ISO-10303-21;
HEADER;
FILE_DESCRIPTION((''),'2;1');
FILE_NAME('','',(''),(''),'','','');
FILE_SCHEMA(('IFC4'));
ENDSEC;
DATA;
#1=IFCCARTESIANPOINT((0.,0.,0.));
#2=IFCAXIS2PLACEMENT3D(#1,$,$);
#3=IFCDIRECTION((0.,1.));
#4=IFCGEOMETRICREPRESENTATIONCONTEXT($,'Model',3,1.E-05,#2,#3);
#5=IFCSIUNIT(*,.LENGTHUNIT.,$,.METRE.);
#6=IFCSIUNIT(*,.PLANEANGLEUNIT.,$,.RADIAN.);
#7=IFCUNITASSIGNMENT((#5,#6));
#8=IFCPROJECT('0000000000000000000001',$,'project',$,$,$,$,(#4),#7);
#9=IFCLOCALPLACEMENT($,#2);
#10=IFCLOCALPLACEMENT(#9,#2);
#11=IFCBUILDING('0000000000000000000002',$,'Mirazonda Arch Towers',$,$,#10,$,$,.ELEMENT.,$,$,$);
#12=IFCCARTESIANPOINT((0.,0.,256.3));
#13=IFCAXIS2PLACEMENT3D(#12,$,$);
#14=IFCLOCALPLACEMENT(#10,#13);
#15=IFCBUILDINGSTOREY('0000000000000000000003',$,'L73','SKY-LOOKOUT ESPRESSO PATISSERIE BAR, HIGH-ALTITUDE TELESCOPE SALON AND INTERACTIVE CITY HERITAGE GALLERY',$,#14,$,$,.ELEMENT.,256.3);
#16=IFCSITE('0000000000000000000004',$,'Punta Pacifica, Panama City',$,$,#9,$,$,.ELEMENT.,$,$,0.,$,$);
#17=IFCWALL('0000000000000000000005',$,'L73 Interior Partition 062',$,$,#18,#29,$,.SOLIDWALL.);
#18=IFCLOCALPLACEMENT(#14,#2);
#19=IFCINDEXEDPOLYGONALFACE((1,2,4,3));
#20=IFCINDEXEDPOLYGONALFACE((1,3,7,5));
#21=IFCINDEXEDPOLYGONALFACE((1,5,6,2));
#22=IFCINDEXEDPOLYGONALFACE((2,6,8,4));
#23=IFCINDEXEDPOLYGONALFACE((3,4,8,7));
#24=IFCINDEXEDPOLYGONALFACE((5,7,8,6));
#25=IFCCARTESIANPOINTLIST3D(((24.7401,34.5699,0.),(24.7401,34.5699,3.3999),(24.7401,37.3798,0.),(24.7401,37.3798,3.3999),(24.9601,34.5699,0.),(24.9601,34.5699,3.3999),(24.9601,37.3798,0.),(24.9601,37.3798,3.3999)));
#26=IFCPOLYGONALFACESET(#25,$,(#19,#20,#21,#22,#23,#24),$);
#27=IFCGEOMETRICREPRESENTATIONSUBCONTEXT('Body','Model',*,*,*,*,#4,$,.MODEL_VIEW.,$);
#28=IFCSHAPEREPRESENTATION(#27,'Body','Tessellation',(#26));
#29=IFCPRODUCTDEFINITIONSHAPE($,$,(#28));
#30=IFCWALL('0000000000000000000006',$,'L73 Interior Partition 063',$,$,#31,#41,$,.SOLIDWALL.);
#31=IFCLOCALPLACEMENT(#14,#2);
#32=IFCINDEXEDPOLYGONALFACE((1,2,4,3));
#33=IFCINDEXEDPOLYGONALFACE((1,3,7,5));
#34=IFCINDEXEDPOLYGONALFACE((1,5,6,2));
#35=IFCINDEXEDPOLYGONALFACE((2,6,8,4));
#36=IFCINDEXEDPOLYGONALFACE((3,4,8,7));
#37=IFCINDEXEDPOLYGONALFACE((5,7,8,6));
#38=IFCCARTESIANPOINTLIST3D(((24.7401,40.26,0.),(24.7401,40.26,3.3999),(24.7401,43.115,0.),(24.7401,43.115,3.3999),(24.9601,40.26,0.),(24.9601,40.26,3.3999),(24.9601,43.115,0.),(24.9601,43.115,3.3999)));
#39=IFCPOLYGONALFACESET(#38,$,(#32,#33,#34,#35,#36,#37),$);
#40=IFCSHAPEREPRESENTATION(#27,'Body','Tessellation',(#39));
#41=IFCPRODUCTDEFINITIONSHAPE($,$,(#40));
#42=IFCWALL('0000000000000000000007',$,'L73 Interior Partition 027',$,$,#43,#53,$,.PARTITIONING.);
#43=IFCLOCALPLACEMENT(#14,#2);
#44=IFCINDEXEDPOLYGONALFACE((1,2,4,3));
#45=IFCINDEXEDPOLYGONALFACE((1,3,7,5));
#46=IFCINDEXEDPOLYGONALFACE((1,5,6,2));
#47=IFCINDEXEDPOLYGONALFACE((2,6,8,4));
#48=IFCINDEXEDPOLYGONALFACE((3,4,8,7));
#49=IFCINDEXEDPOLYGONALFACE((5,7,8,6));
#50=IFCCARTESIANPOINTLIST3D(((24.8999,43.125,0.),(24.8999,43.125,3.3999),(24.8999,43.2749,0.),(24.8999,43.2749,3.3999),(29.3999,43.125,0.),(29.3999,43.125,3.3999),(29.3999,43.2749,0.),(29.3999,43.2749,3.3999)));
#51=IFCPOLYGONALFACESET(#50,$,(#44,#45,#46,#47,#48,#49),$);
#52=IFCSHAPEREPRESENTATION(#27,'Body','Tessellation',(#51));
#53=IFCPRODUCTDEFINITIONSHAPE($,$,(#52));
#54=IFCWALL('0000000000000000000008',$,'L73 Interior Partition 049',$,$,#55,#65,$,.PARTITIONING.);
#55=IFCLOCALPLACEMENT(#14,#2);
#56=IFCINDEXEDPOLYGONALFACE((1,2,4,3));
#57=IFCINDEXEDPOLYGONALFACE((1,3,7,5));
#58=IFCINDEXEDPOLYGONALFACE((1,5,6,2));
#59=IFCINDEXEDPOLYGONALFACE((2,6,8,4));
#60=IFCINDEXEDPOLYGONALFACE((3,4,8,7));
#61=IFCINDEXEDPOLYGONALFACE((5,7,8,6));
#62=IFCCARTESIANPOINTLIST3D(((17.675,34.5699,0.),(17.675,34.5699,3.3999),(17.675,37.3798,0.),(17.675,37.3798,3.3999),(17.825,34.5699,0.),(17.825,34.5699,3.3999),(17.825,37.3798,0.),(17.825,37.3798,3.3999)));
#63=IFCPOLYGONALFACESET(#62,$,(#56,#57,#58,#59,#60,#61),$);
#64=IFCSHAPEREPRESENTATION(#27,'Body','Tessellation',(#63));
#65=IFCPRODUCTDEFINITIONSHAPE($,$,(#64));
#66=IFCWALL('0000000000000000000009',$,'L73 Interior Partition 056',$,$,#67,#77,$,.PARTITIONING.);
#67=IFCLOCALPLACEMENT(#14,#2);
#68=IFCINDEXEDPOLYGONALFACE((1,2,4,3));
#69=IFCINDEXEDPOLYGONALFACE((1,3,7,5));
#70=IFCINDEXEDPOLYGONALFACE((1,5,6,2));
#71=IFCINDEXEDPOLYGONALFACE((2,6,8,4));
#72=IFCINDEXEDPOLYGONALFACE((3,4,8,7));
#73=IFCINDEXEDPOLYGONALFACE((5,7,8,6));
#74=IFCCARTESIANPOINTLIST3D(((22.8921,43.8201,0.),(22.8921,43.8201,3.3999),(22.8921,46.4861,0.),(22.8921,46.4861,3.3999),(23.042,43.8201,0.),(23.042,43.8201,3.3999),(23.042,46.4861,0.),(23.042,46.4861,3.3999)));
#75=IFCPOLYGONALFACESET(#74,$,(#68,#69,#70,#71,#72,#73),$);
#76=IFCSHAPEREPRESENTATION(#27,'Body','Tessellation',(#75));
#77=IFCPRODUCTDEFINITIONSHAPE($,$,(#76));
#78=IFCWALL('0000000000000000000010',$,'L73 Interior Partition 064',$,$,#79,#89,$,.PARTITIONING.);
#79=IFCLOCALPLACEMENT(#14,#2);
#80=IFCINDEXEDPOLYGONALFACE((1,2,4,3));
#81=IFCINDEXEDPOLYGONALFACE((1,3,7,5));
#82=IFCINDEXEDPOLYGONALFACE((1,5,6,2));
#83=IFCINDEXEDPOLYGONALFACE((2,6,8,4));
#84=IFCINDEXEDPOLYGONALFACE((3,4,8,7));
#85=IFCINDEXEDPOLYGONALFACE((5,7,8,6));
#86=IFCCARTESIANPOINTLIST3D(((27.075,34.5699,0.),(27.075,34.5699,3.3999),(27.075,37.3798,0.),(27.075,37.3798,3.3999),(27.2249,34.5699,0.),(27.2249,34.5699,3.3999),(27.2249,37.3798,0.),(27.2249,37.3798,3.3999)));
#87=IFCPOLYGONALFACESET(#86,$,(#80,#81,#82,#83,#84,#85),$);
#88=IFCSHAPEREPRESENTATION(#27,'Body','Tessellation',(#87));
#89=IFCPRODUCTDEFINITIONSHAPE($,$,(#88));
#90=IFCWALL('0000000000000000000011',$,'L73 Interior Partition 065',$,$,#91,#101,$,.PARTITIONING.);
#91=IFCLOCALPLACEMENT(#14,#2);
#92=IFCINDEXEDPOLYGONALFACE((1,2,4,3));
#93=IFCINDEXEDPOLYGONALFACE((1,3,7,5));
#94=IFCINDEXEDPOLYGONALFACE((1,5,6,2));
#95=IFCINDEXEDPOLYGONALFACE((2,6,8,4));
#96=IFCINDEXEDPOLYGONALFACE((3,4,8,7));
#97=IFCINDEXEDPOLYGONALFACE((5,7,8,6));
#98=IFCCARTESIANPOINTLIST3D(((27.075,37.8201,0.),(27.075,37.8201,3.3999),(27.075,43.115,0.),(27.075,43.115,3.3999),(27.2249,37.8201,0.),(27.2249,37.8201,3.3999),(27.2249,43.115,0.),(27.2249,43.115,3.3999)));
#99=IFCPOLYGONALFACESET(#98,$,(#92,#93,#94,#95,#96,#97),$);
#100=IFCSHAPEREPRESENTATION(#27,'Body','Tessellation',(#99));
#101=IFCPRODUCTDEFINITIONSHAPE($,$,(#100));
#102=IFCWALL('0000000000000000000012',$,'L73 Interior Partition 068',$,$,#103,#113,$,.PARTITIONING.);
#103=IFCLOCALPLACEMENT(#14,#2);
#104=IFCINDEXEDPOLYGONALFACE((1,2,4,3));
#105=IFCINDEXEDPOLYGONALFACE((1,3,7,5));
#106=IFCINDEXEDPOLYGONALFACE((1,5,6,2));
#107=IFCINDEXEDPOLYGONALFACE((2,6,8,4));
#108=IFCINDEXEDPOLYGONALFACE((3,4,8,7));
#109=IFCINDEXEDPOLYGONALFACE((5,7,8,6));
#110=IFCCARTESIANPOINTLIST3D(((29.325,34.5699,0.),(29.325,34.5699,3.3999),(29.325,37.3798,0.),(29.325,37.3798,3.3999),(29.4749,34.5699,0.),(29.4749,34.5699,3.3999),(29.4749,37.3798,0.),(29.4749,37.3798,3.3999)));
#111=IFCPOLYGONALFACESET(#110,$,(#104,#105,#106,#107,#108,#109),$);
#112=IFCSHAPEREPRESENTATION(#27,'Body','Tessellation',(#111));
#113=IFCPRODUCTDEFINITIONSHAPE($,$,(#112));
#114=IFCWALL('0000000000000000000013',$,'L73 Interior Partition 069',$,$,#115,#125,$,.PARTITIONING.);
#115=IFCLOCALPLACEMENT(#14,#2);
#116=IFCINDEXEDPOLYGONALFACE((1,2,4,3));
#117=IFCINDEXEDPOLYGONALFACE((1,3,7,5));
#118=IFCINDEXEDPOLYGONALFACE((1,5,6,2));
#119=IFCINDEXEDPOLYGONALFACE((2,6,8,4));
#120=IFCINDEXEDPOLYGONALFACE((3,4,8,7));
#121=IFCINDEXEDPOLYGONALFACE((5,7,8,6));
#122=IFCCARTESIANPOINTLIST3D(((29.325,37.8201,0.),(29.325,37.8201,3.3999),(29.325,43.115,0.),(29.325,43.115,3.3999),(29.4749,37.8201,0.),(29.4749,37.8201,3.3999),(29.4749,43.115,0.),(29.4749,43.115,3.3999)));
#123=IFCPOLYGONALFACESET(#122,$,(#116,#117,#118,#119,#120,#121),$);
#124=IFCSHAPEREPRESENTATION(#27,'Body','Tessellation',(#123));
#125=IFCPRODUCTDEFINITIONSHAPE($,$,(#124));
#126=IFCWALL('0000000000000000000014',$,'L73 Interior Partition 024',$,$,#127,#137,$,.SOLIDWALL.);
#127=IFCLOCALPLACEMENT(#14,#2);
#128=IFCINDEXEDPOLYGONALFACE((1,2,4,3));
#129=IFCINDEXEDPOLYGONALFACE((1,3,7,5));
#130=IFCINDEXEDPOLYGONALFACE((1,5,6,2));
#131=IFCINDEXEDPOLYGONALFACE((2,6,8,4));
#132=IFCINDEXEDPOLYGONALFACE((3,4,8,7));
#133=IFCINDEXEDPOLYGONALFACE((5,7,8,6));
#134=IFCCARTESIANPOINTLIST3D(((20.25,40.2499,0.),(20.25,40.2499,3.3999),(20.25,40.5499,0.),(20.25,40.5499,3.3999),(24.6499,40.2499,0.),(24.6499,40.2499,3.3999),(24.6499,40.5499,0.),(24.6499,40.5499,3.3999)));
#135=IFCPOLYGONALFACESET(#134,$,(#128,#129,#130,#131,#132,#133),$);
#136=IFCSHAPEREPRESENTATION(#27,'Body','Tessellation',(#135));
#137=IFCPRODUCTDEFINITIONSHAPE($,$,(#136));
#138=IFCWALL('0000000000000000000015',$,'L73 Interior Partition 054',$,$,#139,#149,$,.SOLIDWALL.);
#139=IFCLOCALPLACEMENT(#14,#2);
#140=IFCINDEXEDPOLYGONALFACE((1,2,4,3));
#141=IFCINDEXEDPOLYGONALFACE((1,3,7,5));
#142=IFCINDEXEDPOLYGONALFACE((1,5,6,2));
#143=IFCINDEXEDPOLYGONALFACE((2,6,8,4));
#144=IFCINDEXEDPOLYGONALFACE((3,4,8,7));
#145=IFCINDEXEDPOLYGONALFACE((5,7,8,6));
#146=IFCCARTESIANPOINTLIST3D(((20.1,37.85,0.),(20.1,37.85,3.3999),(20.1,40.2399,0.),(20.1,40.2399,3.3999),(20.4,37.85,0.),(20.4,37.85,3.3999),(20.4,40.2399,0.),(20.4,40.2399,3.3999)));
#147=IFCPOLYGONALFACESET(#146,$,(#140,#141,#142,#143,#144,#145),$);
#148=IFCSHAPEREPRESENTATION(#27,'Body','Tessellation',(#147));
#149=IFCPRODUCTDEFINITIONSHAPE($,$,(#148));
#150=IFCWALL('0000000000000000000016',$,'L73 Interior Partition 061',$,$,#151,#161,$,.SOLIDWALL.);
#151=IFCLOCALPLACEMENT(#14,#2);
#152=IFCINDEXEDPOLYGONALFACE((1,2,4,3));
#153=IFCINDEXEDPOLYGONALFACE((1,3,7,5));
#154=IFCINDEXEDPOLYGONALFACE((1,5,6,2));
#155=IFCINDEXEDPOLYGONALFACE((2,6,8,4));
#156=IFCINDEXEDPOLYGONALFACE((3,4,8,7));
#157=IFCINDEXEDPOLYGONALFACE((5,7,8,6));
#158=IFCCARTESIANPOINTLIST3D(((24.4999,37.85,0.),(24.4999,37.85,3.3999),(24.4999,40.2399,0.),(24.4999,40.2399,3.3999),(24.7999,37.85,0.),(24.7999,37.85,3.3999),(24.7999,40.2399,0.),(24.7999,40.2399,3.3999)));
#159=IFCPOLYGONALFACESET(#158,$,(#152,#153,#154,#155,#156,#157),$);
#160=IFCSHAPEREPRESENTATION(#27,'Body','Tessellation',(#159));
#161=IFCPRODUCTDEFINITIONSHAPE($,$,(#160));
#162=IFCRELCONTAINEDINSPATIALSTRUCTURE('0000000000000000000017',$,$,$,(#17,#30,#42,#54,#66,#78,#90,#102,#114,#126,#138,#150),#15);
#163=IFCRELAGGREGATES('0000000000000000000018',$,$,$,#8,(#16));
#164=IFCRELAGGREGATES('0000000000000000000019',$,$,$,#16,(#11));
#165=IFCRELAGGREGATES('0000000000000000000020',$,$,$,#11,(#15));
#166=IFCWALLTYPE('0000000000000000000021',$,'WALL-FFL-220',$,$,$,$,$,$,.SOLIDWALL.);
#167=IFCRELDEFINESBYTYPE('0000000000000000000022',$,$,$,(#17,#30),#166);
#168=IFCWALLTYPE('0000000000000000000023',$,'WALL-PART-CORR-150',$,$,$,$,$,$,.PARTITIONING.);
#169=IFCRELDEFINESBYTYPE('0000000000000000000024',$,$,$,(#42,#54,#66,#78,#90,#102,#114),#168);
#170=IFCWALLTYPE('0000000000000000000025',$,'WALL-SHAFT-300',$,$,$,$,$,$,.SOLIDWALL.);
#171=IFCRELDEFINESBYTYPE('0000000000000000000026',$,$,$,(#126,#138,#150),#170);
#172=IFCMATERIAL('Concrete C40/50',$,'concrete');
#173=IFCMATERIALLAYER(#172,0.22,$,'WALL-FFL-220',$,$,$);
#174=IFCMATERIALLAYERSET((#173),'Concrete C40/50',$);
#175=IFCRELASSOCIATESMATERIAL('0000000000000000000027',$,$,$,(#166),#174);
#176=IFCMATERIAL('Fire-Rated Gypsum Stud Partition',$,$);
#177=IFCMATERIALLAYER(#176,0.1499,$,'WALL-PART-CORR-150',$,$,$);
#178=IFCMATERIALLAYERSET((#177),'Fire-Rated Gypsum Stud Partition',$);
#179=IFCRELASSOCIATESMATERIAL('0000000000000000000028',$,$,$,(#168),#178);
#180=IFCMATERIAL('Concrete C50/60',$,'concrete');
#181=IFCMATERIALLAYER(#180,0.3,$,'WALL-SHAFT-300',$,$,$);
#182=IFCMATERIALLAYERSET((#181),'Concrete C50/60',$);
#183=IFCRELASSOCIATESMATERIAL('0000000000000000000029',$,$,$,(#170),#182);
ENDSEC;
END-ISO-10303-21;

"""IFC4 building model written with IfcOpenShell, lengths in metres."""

from ifc_helpers import new_model, si_unit, direction, frame, frame_2d, origin, place, context, subcontext, project, spatial, rectangle, extrude, material, layer, layer_set, type_object, element, save


model = new_model("IFC4")

# Units and contexts
model_context = context("Model", 3, precision=1e-05, world=origin(), true_north=direction((0.0, 1.0)))
body_context = subcontext(model_context, "Body", "Model", "MODEL_VIEW")
ifc_project = project(units=[si_unit("LENGTHUNIT", "METRE"), si_unit("PLANEANGLEUNIT", "RADIAN")], contexts=[model_context])

# Site, building, storey
site_placement = place(None, origin())
site = spatial("IfcSite", under=ifc_project, at=site_placement, Name="Punta Pacifica, Panama City", CompositionType="ELEMENT", RefElevation=0.0)
building_placement = place(site_placement, origin())
building = spatial("IfcBuilding", under=site, at=building_placement, Name="Mirazonda Arch Towers", CompositionType="ELEMENT")
storey_placement = place(building_placement, frame((0.0, 0.0, 256.3)))
storey = spatial("IfcBuildingStorey", under=building, at=storey_placement, Name="L73", Description="SKY-LOOKOUT ESPRESSO PATISSERIE BAR, HIGH-ALTITUDE TELESCOPE SALON AND INTERACTIVE CITY HERITAGE GALLERY", CompositionType="ELEMENT", Elevation=256.3)

# Shared definitions
ifc_material_1 = material(Name="Concrete C50/60", Category="concrete")

# Walls
ifc_material_2 = material(Name="Concrete C40/50", Category="concrete")
ifc_layer_1 = layer(ifc_material_2, 0.22, Name="WALL-FFL-220")
ifc_layer_set_1 = layer_set([ifc_layer_1], Name="Concrete C40/50")
wall_type_1 = type_object("IfcWallType", Name="WALL-FFL-220", PredefinedType="SOLIDWALL", material=ifc_layer_set_1)
for number, where, z_axis, x_axis, name in (
    (1, (24.8501, 34.5701, 0.0), (0.0, 0.0, 1.0), (0.0, 1.0, 0.0), "L73 Interior Partition 062"),
):
    element("IfcWall", number, at=place(storey_placement, frame(where, z_axis=z_axis, x_axis=x_axis)), inside=storey, type_object=wall_type_1, Name=name, PredefinedType="SOLIDWALL", context=body_context, shape_type="SweptSolid", body=[
        extrude(rectangle(XDim=2.8098, YDim=0.22, at=frame_2d((1.4048, 0.0))), origin(), (0.0, 0.0, 1.0), 3.3999),
    ])
wall_1_placement = place(storey_placement, frame((24.8501, 40.26, 0.0), z_axis=(0.0, 0.0, 1.0), x_axis=(0.0, 1.0, 0.0)))
element("IfcWall", 2, at=wall_1_placement, inside=storey, type_object=wall_type_1, Name="L73 Interior Partition 063", PredefinedType="SOLIDWALL", context=body_context, shape_type="SweptSolid", body=[
    extrude(rectangle(XDim=2.855, YDim=0.22, at=frame_2d((1.4275, 0.0))), origin(), (0.0, 0.0, 1.0), 3.3999),
])
ifc_material_3 = material(Name="Fire-Rated Gypsum Stud Partition")
ifc_layer_2 = layer(ifc_material_3, 0.1499, Name="WALL-PART-CORR-150")
ifc_layer_set_2 = layer_set([ifc_layer_2], Name="Fire-Rated Gypsum Stud Partition")
wall_type_2 = type_object("IfcWallType", Name="WALL-PART-CORR-150", PredefinedType="PARTITIONING", material=ifc_layer_set_2)
wall_2_placement = place(storey_placement, frame((24.8999, 43.2, 0.0), z_axis=(0.0, 0.0, 1.0), x_axis=(1.0, 0.0, 0.0)))
element("IfcWall", 3, at=wall_2_placement, inside=storey, type_object=wall_type_2, Name="L73 Interior Partition 027", PredefinedType="PARTITIONING", context=body_context, shape_type="SweptSolid", body=[
    extrude(rectangle(XDim=4.5, YDim=0.1499, at=frame_2d((2.25, 0.0))), origin(), (0.0, 0.0, 1.0), 3.3999),
])
wall_3_placement = place(storey_placement, frame((17.75, 34.5701, 0.0), z_axis=(0.0, 0.0, 1.0), x_axis=(0.0, 1.0, 0.0)))
element("IfcWall", 4, at=wall_3_placement, inside=storey, type_object=wall_type_2, Name="L73 Interior Partition 049", PredefinedType="PARTITIONING", context=body_context, shape_type="SweptSolid", body=[
    extrude(rectangle(XDim=2.8098, YDim=0.1499, at=frame_2d((1.4048, 0.0))), origin(), (0.0, 0.0, 1.0), 3.3999),
])
wall_4_placement = place(storey_placement, frame((22.967, 43.8201, 0.0), z_axis=(0.0, 0.0, 1.0), x_axis=(0.0, 1.0, 0.0)))
element("IfcWall", 5, at=wall_4_placement, inside=storey, type_object=wall_type_2, Name="L73 Interior Partition 056", PredefinedType="PARTITIONING", context=body_context, shape_type="SweptSolid", body=[
    extrude(rectangle(XDim=2.666, YDim=0.1499, at=frame_2d((1.333, 0.0))), origin(), (0.0, 0.0, 1.0), 3.3999),
])
wall_5_placement = place(storey_placement, frame((27.1499, 34.5701, 0.0), z_axis=(0.0, 0.0, 1.0), x_axis=(0.0, 1.0, 0.0)))
element("IfcWall", 6, at=wall_5_placement, inside=storey, type_object=wall_type_2, Name="L73 Interior Partition 064", PredefinedType="PARTITIONING", context=body_context, shape_type="SweptSolid", body=[
    extrude(rectangle(XDim=2.8098, YDim=0.1499, at=frame_2d((1.4048, 0.0))), origin(), (0.0, 0.0, 1.0), 3.3999),
])
wall_6_placement = place(storey_placement, frame((27.1499, 37.8201, 0.0), z_axis=(0.0, 0.0, 1.0), x_axis=(0.0, 1.0, 0.0)))
element("IfcWall", 7, at=wall_6_placement, inside=storey, type_object=wall_type_2, Name="L73 Interior Partition 065", PredefinedType="PARTITIONING", context=body_context, shape_type="SweptSolid", body=[
    extrude(rectangle(XDim=5.2949, YDim=0.1499, at=frame_2d((2.6475, 0.0))), origin(), (0.0, 0.0, 1.0), 3.3999),
])
wall_7_placement = place(storey_placement, frame((29.3999, 34.5701, 0.0), z_axis=(0.0, 0.0, 1.0), x_axis=(0.0, 1.0, 0.0)))
element("IfcWall", 8, at=wall_7_placement, inside=storey, type_object=wall_type_2, Name="L73 Interior Partition 068", PredefinedType="PARTITIONING", context=body_context, shape_type="SweptSolid", body=[
    extrude(rectangle(XDim=2.8098, YDim=0.1499, at=frame_2d((1.4048, 0.0))), origin(), (0.0, 0.0, 1.0), 3.3999),
])
wall_8_placement = place(storey_placement, frame((29.3999, 37.8201, 0.0), z_axis=(0.0, 0.0, 1.0), x_axis=(0.0, 1.0, 0.0)))
element("IfcWall", 9, at=wall_8_placement, inside=storey, type_object=wall_type_2, Name="L73 Interior Partition 069", PredefinedType="PARTITIONING", context=body_context, shape_type="SweptSolid", body=[
    extrude(rectangle(XDim=5.2949, YDim=0.1499, at=frame_2d((2.6475, 0.0))), origin(), (0.0, 0.0, 1.0), 3.3999),
])
ifc_layer_3 = layer(ifc_material_1, 0.3, Name="WALL-SHAFT-300")
ifc_layer_set_3 = layer_set([ifc_layer_3], Name="Concrete C50/60")
wall_type_3 = type_object("IfcWallType", Name="WALL-SHAFT-300", PredefinedType="SOLIDWALL", material=ifc_layer_set_3)
wall_9_placement = place(storey_placement, frame((20.25, 40.3999, 0.0), z_axis=(0.0, 0.0, 1.0), x_axis=(1.0, 0.0, 0.0)))
element("IfcWall", 10, at=wall_9_placement, inside=storey, type_object=wall_type_3, Name="L73 Interior Partition 024", PredefinedType="SOLIDWALL", context=body_context, shape_type="SweptSolid", body=[
    extrude(rectangle(XDim=4.3999, YDim=0.3, at=frame_2d((2.2, 0.0))), origin(), (0.0, 0.0, 1.0), 3.3999),
])
for number, where, z_axis, x_axis, name in (
    (11, (20.25, 37.8501, 0.0), (0.0, 0.0, 1.0), (0.0, 1.0, 0.0), "L73 Interior Partition 054"),
    (12, (24.6499, 37.8501, 0.0), (0.0, 0.0, 1.0), (0.0, 1.0, 0.0), "L73 Interior Partition 061"),
):
    element("IfcWall", number, at=place(storey_placement, frame(where, z_axis=z_axis, x_axis=x_axis)), inside=storey, type_object=wall_type_3, Name=name, PredefinedType="SOLIDWALL", context=body_context, shape_type="SweptSolid", body=[
        extrude(rectangle(XDim=2.3899, YDim=0.3, at=frame_2d((1.1948, 0.0))), origin(), (0.0, 0.0, 1.0), 3.3999),
    ])

save(model, "model.ifc")
